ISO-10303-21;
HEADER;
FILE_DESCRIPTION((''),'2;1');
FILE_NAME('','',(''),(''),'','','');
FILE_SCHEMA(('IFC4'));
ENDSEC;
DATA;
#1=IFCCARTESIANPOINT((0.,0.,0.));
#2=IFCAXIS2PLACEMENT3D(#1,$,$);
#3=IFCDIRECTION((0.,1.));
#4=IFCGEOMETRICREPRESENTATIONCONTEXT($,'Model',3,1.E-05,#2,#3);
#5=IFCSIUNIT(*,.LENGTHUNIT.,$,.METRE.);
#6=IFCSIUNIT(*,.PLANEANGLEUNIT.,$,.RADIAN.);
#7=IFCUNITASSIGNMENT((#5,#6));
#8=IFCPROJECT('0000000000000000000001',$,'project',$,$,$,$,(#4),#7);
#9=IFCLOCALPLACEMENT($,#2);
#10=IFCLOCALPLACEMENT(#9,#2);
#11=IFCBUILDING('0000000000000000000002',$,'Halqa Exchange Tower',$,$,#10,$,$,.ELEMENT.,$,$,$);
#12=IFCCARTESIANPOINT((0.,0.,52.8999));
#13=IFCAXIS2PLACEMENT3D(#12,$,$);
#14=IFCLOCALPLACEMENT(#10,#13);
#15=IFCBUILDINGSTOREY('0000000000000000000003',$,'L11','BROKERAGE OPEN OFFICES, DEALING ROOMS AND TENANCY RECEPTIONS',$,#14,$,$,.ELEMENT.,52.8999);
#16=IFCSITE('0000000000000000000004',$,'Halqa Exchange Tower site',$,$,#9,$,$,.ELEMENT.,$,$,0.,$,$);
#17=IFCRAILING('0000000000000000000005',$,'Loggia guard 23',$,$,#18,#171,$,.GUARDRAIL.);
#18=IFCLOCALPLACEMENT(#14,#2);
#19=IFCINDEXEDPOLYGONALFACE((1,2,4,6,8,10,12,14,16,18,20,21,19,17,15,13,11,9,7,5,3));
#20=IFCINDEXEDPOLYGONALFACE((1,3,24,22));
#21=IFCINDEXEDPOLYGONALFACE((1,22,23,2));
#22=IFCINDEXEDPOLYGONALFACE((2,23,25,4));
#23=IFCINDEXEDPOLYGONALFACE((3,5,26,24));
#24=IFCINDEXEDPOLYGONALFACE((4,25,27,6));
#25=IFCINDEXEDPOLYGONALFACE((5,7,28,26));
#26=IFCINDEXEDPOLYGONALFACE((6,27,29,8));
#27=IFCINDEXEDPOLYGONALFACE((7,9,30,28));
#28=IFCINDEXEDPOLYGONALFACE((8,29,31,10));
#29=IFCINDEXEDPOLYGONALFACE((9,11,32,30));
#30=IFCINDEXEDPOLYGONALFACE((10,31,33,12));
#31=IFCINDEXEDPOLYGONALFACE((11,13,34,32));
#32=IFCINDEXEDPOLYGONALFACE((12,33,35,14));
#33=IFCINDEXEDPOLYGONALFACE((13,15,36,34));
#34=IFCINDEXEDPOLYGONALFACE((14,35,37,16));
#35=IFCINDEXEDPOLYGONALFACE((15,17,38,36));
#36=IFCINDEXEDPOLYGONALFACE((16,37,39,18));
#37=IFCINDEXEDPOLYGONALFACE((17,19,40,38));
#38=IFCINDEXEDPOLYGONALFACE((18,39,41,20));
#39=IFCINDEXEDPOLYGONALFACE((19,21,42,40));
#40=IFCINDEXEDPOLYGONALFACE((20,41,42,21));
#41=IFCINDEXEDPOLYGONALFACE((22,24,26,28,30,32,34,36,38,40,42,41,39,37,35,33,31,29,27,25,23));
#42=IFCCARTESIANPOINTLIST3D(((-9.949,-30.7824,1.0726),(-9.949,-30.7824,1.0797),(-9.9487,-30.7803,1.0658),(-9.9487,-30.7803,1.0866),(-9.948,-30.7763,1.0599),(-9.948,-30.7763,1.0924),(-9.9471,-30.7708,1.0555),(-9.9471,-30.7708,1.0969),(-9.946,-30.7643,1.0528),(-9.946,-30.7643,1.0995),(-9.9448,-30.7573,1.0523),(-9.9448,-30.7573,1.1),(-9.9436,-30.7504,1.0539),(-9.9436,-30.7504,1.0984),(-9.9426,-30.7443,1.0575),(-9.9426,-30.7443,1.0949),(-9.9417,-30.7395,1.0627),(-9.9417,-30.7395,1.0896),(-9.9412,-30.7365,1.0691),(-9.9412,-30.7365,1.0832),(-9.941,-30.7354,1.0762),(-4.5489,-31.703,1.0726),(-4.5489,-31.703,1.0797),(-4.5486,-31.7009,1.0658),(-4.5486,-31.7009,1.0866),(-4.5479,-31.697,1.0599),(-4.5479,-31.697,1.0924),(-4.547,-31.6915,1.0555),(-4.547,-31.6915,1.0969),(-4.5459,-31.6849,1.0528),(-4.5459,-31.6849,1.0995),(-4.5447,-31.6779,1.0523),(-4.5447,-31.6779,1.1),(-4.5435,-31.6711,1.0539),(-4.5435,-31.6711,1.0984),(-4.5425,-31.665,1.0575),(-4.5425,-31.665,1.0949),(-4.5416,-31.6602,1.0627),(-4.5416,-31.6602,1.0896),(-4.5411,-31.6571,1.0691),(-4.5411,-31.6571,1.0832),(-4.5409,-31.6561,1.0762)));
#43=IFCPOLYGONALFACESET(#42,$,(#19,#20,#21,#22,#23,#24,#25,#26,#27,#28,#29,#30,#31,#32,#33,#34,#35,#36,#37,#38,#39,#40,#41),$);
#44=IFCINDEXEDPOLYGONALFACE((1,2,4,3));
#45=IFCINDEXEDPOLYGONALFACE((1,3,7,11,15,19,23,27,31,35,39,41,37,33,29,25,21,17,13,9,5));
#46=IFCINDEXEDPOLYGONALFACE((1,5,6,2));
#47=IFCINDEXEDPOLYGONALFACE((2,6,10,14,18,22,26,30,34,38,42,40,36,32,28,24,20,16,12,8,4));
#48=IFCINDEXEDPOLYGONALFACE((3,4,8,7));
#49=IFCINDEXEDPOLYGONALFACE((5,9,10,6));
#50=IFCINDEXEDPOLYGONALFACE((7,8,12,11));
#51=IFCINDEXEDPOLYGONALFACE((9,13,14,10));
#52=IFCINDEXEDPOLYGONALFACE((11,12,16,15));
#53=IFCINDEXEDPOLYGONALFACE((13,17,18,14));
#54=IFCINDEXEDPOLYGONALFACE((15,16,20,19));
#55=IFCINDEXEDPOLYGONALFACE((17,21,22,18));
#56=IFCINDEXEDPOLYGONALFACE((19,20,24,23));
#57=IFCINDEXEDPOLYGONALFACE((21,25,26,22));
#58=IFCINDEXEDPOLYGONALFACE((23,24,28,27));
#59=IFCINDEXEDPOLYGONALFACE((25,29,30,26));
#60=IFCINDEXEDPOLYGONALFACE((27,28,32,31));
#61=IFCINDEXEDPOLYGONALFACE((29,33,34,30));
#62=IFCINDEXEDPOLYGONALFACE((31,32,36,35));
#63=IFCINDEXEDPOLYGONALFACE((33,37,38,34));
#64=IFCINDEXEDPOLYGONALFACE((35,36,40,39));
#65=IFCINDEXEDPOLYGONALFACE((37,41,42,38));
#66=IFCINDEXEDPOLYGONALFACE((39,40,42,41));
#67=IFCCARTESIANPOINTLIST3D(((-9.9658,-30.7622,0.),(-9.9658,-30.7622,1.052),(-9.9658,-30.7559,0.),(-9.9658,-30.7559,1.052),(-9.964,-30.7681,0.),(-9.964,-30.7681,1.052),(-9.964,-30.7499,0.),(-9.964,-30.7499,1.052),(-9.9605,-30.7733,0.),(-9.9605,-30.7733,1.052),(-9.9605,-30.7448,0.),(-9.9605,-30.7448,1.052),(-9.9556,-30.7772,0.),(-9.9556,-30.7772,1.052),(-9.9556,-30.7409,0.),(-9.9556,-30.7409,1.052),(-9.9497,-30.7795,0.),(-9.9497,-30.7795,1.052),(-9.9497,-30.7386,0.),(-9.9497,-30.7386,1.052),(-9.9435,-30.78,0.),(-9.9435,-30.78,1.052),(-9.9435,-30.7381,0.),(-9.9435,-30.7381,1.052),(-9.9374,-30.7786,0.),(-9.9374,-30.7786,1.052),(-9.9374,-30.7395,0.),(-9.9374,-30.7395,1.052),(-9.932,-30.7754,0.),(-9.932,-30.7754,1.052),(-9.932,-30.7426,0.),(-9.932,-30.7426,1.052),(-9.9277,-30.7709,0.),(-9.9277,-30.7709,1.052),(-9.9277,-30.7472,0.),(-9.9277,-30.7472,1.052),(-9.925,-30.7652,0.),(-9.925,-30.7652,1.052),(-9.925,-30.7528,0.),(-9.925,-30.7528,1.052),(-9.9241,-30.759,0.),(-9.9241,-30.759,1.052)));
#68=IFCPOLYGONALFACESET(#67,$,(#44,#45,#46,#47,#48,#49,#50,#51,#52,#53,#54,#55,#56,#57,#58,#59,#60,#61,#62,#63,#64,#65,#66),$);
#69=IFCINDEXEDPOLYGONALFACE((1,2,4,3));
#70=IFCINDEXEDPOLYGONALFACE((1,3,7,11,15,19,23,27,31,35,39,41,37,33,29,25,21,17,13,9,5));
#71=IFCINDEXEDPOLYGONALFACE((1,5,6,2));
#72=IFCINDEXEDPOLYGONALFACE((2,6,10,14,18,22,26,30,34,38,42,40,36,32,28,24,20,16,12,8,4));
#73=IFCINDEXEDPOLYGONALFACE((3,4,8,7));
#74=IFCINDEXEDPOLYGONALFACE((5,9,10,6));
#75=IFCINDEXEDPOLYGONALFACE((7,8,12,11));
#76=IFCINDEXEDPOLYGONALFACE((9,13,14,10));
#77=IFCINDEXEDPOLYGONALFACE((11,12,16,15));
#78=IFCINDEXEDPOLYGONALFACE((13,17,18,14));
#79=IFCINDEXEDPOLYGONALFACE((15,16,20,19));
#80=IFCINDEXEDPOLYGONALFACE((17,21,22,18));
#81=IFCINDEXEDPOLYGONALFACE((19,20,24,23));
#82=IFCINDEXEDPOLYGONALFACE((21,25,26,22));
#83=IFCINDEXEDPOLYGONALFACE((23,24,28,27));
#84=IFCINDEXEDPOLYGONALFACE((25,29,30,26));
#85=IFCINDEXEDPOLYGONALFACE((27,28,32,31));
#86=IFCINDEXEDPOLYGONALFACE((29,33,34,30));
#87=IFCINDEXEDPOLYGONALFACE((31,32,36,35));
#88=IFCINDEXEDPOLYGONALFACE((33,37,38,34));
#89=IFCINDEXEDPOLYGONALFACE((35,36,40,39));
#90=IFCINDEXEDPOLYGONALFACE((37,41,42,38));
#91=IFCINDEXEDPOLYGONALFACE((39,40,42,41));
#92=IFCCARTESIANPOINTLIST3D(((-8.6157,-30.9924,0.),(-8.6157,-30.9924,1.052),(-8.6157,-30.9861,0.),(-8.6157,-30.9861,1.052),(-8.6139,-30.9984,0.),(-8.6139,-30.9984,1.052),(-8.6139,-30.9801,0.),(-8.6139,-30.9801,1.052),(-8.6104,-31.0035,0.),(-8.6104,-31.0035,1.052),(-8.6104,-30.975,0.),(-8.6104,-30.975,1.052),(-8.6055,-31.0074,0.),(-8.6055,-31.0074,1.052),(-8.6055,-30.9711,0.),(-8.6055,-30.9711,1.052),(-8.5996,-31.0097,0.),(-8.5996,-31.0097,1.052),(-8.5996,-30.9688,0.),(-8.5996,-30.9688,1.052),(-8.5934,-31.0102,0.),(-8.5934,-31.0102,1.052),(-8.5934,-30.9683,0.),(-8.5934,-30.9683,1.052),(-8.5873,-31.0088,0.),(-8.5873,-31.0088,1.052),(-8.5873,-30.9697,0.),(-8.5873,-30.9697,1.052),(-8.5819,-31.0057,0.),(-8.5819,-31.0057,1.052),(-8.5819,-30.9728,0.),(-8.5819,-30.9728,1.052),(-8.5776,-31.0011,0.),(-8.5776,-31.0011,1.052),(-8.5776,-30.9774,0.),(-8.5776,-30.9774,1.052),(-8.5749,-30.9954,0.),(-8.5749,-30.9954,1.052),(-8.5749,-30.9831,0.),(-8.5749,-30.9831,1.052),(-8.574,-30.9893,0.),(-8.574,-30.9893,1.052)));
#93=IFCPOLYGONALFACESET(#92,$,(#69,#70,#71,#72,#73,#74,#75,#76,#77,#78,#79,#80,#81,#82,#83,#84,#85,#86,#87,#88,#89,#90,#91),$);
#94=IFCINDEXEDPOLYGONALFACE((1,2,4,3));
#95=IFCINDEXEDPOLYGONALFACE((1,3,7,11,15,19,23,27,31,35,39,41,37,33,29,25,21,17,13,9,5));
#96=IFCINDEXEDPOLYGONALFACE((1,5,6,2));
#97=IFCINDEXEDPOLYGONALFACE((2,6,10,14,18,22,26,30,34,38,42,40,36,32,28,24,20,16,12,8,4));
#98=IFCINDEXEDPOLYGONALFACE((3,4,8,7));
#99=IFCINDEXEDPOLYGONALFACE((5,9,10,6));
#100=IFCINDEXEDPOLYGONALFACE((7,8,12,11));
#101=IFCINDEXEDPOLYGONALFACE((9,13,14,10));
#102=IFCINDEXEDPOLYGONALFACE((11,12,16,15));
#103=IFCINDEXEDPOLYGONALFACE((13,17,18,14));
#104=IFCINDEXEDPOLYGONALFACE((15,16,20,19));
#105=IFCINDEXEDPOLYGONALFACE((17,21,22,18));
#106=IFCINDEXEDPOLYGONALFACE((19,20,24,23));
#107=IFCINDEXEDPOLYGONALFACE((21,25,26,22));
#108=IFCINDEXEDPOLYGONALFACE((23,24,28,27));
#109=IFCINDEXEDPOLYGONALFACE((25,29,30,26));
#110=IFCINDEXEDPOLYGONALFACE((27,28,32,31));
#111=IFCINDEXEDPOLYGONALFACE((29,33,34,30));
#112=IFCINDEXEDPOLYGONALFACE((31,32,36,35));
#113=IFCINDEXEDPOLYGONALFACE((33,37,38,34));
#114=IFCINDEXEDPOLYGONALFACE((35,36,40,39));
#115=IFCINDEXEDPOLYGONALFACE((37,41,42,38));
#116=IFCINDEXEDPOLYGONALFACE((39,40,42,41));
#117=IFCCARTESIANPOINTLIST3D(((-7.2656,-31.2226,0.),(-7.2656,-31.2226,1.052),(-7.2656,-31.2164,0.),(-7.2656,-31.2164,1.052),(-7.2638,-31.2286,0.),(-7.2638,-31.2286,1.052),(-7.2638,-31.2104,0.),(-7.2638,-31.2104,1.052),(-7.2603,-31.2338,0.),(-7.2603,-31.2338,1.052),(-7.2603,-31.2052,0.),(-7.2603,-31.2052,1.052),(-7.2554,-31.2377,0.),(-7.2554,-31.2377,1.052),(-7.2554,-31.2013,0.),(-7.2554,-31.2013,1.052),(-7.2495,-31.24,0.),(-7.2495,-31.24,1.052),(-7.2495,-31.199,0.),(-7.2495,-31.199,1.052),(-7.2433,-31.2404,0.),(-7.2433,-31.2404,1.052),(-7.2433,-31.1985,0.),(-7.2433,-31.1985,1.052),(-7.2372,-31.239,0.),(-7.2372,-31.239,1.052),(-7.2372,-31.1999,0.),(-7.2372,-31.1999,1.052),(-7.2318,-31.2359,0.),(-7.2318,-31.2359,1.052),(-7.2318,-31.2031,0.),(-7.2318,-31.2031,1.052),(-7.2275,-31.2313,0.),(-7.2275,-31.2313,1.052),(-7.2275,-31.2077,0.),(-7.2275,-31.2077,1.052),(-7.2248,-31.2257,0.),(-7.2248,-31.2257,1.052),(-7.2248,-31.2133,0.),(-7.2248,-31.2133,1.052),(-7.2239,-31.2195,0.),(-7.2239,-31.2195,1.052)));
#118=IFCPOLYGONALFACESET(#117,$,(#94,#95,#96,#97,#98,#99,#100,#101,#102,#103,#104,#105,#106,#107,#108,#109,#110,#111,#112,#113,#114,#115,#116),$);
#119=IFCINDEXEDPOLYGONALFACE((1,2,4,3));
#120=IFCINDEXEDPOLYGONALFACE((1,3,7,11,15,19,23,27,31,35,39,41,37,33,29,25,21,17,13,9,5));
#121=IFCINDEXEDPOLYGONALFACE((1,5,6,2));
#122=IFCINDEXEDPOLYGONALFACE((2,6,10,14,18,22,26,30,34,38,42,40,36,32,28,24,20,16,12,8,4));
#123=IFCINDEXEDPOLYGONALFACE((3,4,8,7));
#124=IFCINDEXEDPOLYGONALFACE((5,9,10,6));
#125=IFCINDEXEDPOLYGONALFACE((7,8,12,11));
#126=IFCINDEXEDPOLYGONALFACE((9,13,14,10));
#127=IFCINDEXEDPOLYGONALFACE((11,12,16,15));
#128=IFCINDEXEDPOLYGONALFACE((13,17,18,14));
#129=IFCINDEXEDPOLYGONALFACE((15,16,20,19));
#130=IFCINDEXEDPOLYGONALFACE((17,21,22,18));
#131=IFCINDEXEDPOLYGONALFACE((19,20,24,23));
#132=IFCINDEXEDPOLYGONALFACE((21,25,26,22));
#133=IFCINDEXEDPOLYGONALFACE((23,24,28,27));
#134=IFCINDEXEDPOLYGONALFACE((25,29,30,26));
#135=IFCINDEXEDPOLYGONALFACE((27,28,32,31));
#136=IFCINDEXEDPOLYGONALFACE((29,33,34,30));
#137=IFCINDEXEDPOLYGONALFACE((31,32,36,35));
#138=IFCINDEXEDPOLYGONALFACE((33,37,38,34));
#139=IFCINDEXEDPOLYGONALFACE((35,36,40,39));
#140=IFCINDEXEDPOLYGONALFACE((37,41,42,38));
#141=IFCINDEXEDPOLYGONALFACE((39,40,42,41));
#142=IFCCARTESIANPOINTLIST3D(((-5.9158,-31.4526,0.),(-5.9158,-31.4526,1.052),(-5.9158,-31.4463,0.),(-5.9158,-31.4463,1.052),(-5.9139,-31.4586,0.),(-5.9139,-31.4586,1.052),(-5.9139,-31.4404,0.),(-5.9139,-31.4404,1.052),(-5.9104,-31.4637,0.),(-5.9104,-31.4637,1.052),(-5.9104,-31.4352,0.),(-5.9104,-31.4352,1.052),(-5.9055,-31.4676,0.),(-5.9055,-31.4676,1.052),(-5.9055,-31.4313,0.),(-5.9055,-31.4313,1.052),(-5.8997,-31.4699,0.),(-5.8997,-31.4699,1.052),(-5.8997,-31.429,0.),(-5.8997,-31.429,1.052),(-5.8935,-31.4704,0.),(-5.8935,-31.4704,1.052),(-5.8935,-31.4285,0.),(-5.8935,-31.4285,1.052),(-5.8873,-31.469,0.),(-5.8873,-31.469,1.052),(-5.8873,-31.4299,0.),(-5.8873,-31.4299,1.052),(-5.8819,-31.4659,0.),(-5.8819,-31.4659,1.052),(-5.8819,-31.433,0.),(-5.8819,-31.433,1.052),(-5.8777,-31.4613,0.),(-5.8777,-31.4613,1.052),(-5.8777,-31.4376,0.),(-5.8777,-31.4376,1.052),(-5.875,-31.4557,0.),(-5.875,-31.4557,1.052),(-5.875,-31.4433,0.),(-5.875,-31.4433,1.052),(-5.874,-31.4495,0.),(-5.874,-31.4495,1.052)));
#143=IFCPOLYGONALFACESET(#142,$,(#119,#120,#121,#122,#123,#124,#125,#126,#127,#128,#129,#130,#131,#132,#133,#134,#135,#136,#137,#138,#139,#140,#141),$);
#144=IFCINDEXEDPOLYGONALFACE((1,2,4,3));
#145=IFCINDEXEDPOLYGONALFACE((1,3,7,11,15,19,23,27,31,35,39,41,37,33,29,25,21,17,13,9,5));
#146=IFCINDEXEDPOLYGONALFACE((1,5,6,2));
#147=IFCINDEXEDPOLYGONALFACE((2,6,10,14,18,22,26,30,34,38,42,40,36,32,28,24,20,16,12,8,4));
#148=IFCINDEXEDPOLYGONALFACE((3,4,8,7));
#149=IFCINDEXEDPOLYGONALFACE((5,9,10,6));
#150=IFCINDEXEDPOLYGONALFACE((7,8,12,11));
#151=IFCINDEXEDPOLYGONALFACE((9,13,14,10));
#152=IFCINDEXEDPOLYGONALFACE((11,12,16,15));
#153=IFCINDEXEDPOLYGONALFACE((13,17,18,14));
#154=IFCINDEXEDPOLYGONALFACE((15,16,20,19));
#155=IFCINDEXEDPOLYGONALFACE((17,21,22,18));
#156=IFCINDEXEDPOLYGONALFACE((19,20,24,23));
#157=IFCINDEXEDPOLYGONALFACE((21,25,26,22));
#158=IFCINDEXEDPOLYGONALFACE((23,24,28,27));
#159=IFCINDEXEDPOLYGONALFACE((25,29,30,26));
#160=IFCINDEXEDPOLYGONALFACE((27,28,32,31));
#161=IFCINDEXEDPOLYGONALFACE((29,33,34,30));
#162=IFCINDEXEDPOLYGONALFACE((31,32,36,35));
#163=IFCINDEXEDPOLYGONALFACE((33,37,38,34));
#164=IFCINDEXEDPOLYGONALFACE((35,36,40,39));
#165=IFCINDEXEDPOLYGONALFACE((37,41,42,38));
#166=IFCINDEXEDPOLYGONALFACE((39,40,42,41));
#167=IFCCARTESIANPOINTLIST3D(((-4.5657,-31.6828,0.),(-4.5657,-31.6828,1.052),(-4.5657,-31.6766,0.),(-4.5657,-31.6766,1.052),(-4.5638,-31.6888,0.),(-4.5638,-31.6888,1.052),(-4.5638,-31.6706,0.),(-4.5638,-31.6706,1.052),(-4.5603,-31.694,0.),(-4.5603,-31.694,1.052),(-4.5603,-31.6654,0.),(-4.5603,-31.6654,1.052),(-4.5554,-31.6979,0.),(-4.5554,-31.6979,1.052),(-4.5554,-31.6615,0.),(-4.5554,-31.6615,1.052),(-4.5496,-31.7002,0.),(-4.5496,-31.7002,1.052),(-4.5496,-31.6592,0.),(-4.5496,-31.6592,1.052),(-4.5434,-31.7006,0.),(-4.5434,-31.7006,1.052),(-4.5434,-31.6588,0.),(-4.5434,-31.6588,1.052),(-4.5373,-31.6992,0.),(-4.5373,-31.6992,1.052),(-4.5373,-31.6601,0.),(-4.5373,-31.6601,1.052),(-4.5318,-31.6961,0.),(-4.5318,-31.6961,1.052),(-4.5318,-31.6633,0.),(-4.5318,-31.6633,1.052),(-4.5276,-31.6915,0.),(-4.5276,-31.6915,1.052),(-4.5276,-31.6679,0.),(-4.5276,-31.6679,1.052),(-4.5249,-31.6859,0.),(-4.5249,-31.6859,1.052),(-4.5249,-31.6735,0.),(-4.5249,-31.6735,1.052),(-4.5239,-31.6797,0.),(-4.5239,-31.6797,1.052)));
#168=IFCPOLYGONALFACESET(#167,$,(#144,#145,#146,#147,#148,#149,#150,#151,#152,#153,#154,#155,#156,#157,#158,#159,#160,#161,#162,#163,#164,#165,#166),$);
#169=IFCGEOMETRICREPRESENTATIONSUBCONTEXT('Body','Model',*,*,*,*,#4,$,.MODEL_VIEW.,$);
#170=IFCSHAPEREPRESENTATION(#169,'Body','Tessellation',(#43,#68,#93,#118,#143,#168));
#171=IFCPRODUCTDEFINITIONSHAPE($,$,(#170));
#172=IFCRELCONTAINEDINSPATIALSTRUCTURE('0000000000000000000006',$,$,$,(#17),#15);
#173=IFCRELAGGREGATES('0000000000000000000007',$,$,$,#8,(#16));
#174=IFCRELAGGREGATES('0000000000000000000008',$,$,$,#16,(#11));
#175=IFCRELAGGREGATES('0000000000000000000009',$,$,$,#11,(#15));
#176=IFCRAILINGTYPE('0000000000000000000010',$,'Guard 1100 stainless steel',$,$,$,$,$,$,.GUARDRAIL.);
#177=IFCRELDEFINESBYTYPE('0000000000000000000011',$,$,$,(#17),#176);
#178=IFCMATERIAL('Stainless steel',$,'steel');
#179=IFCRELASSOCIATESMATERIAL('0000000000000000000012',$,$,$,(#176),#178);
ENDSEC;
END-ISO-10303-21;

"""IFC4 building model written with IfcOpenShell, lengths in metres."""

from ifc_helpers import new_model, si_unit, direction, frame, origin, origin_2d, place, context, subcontext, project, spatial, circle, extrude, material, type_object, element, save


model = new_model("IFC4")

# Units and contexts
model_context = context("Model", 3, precision=1e-05, world=origin(), true_north=direction((0.0, 1.0)))
body_context = subcontext(model_context, "Body", "Model", "MODEL_VIEW")
ifc_project = project(units=[si_unit("LENGTHUNIT", "METRE"), si_unit("PLANEANGLEUNIT", "RADIAN")], contexts=[model_context])

# Site, building, storey
site_placement = place(None, origin())
site = spatial("IfcSite", under=ifc_project, at=site_placement, Name="Halqa Exchange Tower site", CompositionType="ELEMENT", RefElevation=0.0)
building_placement = place(site_placement, origin())
building = spatial("IfcBuilding", under=site, at=building_placement, Name="Halqa Exchange Tower", CompositionType="ELEMENT")
storey_placement = place(building_placement, frame((0.0, 0.0, 52.8999)))
storey = spatial("IfcBuildingStorey", under=building, at=storey_placement, Name="L11", Description="BROKERAGE OPEN OFFICES, DEALING ROOMS AND TENANCY RECEPTIONS", CompositionType="ELEMENT", Elevation=52.8999)

# Railing
ifc_material_1 = material(Name="Stainless steel", Category="steel")
railing_type = type_object("IfcRailingType", Name="Guard 1100 stainless steel", PredefinedType="GUARDRAIL", material=ifc_material_1)
railing_1_placement = place(storey_placement, frame((-9.9451, -30.759, 0.0)))
element("IfcRailing", 1, at=railing_1_placement, inside=storey, type_object=railing_type, Name="Loggia guard 23", PredefinedType="GUARDRAIL", context=body_context, shape_type="SweptSolid", body=[
    extrude(circle(Radius=0.0239, at=origin_2d()), frame((0.0, 0.0, 1.0762), z_axis=(0.985776, -0.168062, 0.0), x_axis=(0.168062, 0.985776, 0.0)), (0.0, 0.0, 1.0), 5.478),
    extrude(circle(Radius=0.021, at=origin_2d()), origin(), (0.0, 0.0, 1.0), 1.052),
    extrude(circle(Radius=0.021, at=origin_2d()), frame((1.3501, -0.2302, 0.0)), (0.0, 0.0, 1.0), 1.052),
    extrude(circle(Radius=0.021, at=origin_2d()), frame((2.7002, -0.4604, 0.0)), (0.0, 0.0, 1.0), 1.052),
    extrude(circle(Radius=0.021, at=origin_2d()), frame((4.05, -0.6904, 0.0)), (0.0, 0.0, 1.0), 1.052),
    extrude(circle(Radius=0.021, at=origin_2d()), frame((5.4001, -0.9207, 0.0)), (0.0, 0.0, 1.0), 1.052),
])

save(model, "model.ifc")
